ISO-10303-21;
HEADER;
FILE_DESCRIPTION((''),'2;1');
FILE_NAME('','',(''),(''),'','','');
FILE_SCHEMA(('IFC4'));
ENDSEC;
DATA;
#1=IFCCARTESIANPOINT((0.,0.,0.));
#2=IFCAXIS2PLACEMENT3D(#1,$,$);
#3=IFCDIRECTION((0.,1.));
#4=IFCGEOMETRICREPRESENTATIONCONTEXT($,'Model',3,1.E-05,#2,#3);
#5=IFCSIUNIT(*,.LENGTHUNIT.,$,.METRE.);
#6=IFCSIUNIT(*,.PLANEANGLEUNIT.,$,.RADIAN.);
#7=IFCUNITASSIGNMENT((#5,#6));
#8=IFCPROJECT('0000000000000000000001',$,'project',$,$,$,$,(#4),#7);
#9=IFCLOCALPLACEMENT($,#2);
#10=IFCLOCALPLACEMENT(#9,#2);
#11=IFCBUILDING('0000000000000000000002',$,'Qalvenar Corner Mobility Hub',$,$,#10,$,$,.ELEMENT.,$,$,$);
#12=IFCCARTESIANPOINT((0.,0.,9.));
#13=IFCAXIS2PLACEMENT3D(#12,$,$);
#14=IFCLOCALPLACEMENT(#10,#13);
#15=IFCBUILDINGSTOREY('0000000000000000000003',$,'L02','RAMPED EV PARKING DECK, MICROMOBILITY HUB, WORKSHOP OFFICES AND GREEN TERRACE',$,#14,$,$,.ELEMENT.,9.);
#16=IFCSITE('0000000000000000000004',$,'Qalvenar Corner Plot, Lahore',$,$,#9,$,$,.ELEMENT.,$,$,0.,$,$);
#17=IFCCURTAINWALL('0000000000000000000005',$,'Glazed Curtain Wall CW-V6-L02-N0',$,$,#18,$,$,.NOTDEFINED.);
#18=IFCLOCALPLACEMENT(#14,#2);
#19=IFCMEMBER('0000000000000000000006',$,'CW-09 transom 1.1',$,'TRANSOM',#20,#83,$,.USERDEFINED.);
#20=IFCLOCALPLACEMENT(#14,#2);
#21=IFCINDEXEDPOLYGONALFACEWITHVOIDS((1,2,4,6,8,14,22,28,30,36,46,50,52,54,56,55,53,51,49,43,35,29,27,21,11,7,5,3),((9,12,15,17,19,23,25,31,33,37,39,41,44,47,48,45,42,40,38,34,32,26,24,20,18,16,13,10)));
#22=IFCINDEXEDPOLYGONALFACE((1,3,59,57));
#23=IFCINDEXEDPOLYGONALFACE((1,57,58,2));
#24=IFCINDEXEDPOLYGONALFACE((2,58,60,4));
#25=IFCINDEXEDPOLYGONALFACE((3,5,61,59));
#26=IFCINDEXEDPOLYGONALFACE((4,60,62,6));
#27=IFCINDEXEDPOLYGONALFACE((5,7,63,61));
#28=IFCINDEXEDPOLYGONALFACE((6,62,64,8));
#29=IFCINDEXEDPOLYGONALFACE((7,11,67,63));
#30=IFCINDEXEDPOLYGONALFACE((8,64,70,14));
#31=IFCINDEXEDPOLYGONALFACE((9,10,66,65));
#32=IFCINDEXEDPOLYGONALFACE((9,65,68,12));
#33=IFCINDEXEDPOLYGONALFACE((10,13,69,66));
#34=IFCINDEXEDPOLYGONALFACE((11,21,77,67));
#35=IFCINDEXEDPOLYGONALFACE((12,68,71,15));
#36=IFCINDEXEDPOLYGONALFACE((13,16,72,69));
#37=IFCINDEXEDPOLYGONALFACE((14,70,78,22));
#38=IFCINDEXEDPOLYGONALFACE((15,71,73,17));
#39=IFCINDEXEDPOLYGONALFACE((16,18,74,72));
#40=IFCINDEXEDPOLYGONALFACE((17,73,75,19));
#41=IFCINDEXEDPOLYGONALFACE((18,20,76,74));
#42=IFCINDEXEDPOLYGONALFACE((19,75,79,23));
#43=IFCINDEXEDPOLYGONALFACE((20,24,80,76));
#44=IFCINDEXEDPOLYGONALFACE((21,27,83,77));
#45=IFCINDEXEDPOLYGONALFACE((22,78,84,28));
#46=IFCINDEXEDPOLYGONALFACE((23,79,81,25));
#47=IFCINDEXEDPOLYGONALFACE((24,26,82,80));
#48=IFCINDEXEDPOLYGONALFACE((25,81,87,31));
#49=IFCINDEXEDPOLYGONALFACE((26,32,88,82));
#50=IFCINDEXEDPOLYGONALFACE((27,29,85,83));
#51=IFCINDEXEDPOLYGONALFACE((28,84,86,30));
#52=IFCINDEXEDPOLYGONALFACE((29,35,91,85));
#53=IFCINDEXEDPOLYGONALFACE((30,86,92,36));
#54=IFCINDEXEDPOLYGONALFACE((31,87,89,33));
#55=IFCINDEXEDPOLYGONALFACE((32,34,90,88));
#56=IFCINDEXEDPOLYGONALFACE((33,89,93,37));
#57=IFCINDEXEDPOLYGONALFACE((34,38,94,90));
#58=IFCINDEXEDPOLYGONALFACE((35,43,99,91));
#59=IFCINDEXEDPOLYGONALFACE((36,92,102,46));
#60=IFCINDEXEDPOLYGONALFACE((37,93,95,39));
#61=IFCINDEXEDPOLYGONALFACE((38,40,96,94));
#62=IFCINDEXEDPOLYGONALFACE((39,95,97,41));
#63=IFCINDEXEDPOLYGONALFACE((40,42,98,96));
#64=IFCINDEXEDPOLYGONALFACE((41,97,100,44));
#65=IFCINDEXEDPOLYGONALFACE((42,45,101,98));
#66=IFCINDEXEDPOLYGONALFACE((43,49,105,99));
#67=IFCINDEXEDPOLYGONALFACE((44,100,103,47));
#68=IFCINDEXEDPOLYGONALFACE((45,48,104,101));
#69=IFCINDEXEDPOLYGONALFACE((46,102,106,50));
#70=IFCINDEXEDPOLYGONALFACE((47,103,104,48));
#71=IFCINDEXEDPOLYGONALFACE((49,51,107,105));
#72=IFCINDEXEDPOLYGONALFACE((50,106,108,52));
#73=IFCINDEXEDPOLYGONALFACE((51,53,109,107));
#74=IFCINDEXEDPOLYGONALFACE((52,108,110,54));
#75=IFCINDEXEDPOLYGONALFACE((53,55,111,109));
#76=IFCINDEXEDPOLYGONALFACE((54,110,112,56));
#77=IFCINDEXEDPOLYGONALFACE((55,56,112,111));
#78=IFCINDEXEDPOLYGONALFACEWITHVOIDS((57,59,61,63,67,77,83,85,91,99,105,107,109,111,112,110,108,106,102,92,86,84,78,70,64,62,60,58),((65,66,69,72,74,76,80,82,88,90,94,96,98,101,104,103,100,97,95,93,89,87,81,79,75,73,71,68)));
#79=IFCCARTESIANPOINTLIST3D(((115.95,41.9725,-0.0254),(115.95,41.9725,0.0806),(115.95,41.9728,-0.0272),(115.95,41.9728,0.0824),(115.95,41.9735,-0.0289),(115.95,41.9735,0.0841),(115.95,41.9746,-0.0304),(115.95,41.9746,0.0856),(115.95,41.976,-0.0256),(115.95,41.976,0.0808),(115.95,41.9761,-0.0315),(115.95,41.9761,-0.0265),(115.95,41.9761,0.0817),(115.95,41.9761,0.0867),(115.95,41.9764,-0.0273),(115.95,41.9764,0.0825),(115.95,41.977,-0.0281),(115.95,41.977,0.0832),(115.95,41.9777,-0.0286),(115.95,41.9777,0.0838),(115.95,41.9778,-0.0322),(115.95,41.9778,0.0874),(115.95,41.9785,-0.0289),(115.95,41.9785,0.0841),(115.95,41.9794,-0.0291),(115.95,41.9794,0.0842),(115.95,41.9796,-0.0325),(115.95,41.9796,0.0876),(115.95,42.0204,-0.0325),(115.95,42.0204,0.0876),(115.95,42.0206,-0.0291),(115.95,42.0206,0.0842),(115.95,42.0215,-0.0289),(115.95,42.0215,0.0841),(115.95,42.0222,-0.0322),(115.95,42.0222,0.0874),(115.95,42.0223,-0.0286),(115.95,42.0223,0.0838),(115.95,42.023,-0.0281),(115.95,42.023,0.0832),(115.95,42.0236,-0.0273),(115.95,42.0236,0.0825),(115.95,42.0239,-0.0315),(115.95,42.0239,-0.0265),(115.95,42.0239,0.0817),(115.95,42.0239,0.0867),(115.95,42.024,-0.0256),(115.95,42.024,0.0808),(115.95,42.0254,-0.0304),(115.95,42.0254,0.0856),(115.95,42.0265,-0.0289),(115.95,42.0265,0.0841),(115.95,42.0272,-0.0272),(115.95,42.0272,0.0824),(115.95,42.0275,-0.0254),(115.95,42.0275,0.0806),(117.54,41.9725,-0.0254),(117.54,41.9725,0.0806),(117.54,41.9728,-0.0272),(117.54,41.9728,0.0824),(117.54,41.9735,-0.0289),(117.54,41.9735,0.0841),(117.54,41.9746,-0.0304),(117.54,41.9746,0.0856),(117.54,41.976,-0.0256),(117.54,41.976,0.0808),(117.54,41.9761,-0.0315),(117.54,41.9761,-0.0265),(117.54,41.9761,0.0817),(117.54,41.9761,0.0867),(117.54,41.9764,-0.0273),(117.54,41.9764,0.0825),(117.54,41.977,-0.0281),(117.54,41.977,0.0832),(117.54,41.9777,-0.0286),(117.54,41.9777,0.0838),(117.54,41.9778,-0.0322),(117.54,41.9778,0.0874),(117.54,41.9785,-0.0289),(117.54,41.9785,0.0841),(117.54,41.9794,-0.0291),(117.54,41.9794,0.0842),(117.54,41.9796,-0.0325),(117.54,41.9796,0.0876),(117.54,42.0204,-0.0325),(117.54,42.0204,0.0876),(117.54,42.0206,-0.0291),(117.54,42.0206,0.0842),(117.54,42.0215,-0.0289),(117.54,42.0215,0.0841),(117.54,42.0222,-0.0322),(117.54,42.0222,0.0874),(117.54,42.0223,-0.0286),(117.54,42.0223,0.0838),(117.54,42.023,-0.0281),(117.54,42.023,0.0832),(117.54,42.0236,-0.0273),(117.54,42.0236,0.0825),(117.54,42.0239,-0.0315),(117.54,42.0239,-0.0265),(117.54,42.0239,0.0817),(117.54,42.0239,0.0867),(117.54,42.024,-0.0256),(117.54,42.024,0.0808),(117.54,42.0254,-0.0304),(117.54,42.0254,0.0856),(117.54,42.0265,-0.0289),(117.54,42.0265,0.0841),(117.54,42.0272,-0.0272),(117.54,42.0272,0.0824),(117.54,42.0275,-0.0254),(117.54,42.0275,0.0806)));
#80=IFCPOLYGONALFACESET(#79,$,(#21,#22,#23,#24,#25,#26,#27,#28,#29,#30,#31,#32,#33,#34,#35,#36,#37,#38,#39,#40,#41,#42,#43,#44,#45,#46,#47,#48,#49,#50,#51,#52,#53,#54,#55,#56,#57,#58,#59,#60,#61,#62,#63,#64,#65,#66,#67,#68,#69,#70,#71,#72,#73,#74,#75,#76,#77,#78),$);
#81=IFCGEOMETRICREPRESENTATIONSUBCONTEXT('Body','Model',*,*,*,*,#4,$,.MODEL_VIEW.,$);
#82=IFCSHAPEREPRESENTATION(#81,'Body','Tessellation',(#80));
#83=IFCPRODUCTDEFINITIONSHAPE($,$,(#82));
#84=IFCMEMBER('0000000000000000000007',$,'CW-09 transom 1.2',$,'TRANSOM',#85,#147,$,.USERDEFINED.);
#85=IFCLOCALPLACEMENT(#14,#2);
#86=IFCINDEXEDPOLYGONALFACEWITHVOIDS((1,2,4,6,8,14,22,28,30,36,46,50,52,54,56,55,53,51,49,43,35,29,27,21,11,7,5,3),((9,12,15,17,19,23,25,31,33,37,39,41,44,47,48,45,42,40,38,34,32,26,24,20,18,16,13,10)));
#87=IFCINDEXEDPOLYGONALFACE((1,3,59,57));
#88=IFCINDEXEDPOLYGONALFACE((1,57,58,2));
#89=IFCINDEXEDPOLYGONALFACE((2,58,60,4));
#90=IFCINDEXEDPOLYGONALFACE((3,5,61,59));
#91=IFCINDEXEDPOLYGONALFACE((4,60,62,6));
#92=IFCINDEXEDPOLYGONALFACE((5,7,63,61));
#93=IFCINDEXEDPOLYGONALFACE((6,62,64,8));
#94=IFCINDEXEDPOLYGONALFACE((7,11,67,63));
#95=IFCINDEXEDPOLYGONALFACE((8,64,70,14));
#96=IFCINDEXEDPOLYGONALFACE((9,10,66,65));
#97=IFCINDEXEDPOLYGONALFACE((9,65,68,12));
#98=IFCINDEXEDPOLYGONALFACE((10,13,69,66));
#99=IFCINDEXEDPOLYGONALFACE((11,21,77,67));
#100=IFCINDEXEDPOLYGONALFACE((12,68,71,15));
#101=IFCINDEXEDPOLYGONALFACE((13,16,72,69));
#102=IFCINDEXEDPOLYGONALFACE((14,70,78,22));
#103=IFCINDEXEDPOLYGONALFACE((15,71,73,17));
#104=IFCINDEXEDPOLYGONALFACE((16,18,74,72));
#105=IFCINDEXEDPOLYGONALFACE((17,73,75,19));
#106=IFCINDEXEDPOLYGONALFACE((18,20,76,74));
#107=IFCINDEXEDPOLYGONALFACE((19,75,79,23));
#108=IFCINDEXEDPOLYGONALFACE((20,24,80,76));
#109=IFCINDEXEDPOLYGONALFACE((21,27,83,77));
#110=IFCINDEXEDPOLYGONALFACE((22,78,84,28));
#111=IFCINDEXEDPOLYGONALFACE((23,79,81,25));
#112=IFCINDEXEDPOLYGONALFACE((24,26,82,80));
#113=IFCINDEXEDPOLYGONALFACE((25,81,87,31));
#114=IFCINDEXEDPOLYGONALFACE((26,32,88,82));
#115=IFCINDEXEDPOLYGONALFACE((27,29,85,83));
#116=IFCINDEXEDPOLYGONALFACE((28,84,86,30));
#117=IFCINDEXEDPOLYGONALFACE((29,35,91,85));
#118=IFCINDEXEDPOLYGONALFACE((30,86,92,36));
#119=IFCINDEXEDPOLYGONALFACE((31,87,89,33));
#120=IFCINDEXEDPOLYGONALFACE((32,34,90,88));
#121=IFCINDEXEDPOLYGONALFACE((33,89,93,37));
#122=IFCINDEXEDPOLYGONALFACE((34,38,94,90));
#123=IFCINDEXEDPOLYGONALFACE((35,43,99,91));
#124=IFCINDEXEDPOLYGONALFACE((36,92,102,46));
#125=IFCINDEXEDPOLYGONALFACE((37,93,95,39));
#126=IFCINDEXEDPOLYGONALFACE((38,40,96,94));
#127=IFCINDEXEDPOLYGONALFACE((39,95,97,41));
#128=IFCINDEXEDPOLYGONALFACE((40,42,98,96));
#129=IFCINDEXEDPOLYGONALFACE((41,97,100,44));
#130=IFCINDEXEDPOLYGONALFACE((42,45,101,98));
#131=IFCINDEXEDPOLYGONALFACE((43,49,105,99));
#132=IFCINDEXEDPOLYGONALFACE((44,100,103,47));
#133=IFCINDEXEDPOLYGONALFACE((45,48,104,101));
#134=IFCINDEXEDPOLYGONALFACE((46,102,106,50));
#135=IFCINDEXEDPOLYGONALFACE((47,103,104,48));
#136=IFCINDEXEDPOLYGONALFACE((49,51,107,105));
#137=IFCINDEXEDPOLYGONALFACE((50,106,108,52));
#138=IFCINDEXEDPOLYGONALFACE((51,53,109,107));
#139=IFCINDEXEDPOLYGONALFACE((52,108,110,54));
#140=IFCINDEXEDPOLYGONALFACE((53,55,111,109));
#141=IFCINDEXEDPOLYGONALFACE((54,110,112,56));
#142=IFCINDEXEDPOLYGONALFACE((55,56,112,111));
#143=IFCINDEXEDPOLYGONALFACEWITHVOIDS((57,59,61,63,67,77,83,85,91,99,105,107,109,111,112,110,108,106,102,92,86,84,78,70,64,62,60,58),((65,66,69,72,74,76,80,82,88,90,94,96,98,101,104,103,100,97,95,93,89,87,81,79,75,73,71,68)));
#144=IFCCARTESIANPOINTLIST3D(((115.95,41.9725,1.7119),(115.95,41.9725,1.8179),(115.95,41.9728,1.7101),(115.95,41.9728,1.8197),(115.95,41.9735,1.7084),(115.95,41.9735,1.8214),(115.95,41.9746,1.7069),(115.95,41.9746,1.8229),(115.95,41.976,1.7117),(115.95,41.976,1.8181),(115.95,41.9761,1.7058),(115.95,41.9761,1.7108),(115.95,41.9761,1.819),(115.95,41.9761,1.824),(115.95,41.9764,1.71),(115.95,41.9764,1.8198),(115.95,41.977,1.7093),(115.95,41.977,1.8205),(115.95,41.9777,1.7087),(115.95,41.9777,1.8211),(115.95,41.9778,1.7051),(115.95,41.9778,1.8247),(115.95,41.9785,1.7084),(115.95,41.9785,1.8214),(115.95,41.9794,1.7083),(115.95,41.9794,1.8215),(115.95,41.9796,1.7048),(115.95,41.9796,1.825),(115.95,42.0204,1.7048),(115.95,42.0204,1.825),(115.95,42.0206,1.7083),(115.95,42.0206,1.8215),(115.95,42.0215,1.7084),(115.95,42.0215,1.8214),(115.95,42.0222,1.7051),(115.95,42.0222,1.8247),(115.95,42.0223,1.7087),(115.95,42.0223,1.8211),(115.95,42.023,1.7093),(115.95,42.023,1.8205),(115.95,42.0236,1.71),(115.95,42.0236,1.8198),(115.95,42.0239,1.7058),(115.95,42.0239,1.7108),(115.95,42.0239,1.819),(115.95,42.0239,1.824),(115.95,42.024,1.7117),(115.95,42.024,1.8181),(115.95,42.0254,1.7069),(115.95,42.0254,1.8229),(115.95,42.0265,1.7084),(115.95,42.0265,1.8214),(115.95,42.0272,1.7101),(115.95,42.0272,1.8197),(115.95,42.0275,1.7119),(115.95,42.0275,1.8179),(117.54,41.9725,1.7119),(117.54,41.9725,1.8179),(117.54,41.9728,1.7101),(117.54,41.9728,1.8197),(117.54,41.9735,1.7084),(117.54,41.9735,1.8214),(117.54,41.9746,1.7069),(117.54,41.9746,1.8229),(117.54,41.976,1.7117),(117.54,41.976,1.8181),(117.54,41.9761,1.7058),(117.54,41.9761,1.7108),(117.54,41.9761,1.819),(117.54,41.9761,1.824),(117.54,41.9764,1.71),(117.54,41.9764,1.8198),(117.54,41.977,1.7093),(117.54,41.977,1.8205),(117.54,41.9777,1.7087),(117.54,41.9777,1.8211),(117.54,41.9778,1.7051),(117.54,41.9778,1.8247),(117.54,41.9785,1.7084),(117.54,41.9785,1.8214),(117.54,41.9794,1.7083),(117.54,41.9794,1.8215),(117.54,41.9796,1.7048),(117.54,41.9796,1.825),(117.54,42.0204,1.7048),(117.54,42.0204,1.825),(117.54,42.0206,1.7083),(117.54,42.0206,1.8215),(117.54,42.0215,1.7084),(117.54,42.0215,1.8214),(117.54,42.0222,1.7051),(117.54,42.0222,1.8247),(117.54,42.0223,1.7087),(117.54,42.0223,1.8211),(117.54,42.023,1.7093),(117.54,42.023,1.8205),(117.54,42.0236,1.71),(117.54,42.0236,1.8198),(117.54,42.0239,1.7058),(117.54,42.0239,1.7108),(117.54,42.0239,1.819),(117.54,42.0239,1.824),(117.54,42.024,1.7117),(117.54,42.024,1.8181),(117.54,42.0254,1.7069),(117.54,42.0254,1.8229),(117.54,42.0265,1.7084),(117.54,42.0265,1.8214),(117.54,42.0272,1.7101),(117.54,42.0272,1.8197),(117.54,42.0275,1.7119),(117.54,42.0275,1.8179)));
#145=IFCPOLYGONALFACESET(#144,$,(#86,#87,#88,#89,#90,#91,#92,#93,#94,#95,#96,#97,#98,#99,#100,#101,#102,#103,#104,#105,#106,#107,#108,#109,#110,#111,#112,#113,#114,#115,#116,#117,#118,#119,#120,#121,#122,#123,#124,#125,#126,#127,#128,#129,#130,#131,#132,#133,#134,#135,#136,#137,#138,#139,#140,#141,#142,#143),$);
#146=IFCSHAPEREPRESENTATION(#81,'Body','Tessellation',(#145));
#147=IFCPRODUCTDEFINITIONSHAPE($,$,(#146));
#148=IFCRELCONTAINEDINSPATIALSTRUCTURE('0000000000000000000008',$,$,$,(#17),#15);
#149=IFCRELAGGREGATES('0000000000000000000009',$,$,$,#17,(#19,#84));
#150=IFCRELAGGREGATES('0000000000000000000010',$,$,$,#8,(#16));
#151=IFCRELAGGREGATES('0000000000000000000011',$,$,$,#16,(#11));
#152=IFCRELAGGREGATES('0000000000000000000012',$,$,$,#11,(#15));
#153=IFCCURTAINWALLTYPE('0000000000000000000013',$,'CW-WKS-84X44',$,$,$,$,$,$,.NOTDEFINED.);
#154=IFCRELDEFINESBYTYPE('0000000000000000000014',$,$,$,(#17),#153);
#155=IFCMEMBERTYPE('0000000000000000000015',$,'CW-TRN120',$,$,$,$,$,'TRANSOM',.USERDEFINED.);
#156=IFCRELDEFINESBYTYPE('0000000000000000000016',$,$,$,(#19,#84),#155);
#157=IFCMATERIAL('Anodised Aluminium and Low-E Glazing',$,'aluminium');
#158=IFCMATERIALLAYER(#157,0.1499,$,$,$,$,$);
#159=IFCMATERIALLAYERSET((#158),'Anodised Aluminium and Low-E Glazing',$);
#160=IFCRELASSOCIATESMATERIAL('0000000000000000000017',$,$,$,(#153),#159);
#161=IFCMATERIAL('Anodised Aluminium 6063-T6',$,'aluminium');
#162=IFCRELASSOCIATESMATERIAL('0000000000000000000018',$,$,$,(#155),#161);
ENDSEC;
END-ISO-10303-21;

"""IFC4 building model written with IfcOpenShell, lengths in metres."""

from ifc_helpers import new_model, si_unit, direction, frame, origin, origin_2d, place, context, subcontext, project, spatial, hollow_rectangle, extrude, material, layer, layer_set, material_profile, profile_set, type_object, element, aggregate, save


model = new_model("IFC4")

# Units and contexts
model_context = context("Model", 3, precision=1e-05, world=origin(), true_north=direction((0.0, 1.0)))
body_context = subcontext(model_context, "Body", "Model", "MODEL_VIEW")
ifc_project = project(units=[si_unit("LENGTHUNIT", "METRE"), si_unit("PLANEANGLEUNIT", "RADIAN")], contexts=[model_context])

# Site, building, storey
site_placement = place(None, origin())
site = spatial("IfcSite", under=ifc_project, at=site_placement, Name="Qalvenar Corner Plot, Lahore", CompositionType="ELEMENT", RefElevation=0.0)
building_placement = place(site_placement, origin())
building = spatial("IfcBuilding", under=site, at=building_placement, Name="Qalvenar Corner Mobility Hub", CompositionType="ELEMENT")
storey_placement = place(building_placement, frame((0.0, 0.0, 9.0)))
storey = spatial("IfcBuildingStorey", under=building, at=storey_placement, Name="L02", Description="RAMPED EV PARKING DECK, MICROMOBILITY HUB, WORKSHOP OFFICES AND GREEN TERRACE", CompositionType="ELEMENT", Elevation=9.0)

# Curtain wall
ifc_material_1 = material(Name="Anodised Aluminium and Low-E Glazing", Category="aluminium")
ifc_layer_1 = layer(ifc_material_1, 0.1499)
ifc_layer_set_1 = layer_set([ifc_layer_1], Name="Anodised Aluminium and Low-E Glazing")
curtain_wall_type = type_object("IfcCurtainWallType", Name="CW-WKS-84X44", PredefinedType="NOTDEFINED", material=ifc_layer_set_1)
curtain_wall_1_placement = place(storey_placement, origin())
curtain_wall_1 = element("IfcCurtainWall", 1, at=curtain_wall_1_placement, inside=storey, type_object=curtain_wall_type, Name="Glazed Curtain Wall CW-V6-L02-N0", PredefinedType="NOTDEFINED")
ifc_material_2 = material(Name="Anodised Aluminium 6063-T6", Category="aluminium")

# Members
ifc_material_profile_1 = material_profile(ifc_material_2, hollow_rectangle(XDim=0.0549, YDim=0.1201, WallThickness=0.0034, InnerFilletRadius=0.0034, OuterFilletRadius=0.0071, at=origin_2d()), Name="RHS120x55x3.5")
ifc_profile_set_1 = profile_set([ifc_material_profile_1], Name="Anodised Aluminium 6063-T6")
member_type_1 = type_object("IfcMemberType", Name="CW-TRN120", ElementType="TRANSOM", PredefinedType="USERDEFINED", material=ifc_profile_set_1)
member_1_placement = place(storey_placement, frame((117.54, 42.0, 0.0276), z_axis=(-1.0, 0.0, 0.0), x_axis=(0.0, -1.0, 0.0)))
member_1 = element("IfcMember", 2, at=member_1_placement, type_object=member_type_1, Name="CW-09 transom 1.1", ObjectType="TRANSOM", PredefinedType="USERDEFINED", context=body_context, shape_type="SweptSolid", body=[
    extrude(hollow_rectangle(XDim=0.0549, YDim=0.1201, WallThickness=0.0034, InnerFilletRadius=0.0034, OuterFilletRadius=0.0071, at=origin_2d()), origin(), (0.0, 0.0, 1.0), 1.5901),
])
member_2_placement = place(storey_placement, frame((117.54, 42.0, 1.7649), z_axis=(-1.0, 0.0, 0.0), x_axis=(0.0, -1.0, 0.0)))
member_2 = element("IfcMember", 3, at=member_2_placement, type_object=member_type_1, Name="CW-09 transom 1.2", ObjectType="TRANSOM", PredefinedType="USERDEFINED", context=body_context, shape_type="SweptSolid", body=[
    extrude(hollow_rectangle(XDim=0.0549, YDim=0.1201, WallThickness=0.0034, InnerFilletRadius=0.0034, OuterFilletRadius=0.0071, at=origin_2d()), origin(), (0.0, 0.0, 1.0), 1.5901),
])

aggregate(curtain_wall_1, [member_1, member_2])

save(model, "model.ifc")
